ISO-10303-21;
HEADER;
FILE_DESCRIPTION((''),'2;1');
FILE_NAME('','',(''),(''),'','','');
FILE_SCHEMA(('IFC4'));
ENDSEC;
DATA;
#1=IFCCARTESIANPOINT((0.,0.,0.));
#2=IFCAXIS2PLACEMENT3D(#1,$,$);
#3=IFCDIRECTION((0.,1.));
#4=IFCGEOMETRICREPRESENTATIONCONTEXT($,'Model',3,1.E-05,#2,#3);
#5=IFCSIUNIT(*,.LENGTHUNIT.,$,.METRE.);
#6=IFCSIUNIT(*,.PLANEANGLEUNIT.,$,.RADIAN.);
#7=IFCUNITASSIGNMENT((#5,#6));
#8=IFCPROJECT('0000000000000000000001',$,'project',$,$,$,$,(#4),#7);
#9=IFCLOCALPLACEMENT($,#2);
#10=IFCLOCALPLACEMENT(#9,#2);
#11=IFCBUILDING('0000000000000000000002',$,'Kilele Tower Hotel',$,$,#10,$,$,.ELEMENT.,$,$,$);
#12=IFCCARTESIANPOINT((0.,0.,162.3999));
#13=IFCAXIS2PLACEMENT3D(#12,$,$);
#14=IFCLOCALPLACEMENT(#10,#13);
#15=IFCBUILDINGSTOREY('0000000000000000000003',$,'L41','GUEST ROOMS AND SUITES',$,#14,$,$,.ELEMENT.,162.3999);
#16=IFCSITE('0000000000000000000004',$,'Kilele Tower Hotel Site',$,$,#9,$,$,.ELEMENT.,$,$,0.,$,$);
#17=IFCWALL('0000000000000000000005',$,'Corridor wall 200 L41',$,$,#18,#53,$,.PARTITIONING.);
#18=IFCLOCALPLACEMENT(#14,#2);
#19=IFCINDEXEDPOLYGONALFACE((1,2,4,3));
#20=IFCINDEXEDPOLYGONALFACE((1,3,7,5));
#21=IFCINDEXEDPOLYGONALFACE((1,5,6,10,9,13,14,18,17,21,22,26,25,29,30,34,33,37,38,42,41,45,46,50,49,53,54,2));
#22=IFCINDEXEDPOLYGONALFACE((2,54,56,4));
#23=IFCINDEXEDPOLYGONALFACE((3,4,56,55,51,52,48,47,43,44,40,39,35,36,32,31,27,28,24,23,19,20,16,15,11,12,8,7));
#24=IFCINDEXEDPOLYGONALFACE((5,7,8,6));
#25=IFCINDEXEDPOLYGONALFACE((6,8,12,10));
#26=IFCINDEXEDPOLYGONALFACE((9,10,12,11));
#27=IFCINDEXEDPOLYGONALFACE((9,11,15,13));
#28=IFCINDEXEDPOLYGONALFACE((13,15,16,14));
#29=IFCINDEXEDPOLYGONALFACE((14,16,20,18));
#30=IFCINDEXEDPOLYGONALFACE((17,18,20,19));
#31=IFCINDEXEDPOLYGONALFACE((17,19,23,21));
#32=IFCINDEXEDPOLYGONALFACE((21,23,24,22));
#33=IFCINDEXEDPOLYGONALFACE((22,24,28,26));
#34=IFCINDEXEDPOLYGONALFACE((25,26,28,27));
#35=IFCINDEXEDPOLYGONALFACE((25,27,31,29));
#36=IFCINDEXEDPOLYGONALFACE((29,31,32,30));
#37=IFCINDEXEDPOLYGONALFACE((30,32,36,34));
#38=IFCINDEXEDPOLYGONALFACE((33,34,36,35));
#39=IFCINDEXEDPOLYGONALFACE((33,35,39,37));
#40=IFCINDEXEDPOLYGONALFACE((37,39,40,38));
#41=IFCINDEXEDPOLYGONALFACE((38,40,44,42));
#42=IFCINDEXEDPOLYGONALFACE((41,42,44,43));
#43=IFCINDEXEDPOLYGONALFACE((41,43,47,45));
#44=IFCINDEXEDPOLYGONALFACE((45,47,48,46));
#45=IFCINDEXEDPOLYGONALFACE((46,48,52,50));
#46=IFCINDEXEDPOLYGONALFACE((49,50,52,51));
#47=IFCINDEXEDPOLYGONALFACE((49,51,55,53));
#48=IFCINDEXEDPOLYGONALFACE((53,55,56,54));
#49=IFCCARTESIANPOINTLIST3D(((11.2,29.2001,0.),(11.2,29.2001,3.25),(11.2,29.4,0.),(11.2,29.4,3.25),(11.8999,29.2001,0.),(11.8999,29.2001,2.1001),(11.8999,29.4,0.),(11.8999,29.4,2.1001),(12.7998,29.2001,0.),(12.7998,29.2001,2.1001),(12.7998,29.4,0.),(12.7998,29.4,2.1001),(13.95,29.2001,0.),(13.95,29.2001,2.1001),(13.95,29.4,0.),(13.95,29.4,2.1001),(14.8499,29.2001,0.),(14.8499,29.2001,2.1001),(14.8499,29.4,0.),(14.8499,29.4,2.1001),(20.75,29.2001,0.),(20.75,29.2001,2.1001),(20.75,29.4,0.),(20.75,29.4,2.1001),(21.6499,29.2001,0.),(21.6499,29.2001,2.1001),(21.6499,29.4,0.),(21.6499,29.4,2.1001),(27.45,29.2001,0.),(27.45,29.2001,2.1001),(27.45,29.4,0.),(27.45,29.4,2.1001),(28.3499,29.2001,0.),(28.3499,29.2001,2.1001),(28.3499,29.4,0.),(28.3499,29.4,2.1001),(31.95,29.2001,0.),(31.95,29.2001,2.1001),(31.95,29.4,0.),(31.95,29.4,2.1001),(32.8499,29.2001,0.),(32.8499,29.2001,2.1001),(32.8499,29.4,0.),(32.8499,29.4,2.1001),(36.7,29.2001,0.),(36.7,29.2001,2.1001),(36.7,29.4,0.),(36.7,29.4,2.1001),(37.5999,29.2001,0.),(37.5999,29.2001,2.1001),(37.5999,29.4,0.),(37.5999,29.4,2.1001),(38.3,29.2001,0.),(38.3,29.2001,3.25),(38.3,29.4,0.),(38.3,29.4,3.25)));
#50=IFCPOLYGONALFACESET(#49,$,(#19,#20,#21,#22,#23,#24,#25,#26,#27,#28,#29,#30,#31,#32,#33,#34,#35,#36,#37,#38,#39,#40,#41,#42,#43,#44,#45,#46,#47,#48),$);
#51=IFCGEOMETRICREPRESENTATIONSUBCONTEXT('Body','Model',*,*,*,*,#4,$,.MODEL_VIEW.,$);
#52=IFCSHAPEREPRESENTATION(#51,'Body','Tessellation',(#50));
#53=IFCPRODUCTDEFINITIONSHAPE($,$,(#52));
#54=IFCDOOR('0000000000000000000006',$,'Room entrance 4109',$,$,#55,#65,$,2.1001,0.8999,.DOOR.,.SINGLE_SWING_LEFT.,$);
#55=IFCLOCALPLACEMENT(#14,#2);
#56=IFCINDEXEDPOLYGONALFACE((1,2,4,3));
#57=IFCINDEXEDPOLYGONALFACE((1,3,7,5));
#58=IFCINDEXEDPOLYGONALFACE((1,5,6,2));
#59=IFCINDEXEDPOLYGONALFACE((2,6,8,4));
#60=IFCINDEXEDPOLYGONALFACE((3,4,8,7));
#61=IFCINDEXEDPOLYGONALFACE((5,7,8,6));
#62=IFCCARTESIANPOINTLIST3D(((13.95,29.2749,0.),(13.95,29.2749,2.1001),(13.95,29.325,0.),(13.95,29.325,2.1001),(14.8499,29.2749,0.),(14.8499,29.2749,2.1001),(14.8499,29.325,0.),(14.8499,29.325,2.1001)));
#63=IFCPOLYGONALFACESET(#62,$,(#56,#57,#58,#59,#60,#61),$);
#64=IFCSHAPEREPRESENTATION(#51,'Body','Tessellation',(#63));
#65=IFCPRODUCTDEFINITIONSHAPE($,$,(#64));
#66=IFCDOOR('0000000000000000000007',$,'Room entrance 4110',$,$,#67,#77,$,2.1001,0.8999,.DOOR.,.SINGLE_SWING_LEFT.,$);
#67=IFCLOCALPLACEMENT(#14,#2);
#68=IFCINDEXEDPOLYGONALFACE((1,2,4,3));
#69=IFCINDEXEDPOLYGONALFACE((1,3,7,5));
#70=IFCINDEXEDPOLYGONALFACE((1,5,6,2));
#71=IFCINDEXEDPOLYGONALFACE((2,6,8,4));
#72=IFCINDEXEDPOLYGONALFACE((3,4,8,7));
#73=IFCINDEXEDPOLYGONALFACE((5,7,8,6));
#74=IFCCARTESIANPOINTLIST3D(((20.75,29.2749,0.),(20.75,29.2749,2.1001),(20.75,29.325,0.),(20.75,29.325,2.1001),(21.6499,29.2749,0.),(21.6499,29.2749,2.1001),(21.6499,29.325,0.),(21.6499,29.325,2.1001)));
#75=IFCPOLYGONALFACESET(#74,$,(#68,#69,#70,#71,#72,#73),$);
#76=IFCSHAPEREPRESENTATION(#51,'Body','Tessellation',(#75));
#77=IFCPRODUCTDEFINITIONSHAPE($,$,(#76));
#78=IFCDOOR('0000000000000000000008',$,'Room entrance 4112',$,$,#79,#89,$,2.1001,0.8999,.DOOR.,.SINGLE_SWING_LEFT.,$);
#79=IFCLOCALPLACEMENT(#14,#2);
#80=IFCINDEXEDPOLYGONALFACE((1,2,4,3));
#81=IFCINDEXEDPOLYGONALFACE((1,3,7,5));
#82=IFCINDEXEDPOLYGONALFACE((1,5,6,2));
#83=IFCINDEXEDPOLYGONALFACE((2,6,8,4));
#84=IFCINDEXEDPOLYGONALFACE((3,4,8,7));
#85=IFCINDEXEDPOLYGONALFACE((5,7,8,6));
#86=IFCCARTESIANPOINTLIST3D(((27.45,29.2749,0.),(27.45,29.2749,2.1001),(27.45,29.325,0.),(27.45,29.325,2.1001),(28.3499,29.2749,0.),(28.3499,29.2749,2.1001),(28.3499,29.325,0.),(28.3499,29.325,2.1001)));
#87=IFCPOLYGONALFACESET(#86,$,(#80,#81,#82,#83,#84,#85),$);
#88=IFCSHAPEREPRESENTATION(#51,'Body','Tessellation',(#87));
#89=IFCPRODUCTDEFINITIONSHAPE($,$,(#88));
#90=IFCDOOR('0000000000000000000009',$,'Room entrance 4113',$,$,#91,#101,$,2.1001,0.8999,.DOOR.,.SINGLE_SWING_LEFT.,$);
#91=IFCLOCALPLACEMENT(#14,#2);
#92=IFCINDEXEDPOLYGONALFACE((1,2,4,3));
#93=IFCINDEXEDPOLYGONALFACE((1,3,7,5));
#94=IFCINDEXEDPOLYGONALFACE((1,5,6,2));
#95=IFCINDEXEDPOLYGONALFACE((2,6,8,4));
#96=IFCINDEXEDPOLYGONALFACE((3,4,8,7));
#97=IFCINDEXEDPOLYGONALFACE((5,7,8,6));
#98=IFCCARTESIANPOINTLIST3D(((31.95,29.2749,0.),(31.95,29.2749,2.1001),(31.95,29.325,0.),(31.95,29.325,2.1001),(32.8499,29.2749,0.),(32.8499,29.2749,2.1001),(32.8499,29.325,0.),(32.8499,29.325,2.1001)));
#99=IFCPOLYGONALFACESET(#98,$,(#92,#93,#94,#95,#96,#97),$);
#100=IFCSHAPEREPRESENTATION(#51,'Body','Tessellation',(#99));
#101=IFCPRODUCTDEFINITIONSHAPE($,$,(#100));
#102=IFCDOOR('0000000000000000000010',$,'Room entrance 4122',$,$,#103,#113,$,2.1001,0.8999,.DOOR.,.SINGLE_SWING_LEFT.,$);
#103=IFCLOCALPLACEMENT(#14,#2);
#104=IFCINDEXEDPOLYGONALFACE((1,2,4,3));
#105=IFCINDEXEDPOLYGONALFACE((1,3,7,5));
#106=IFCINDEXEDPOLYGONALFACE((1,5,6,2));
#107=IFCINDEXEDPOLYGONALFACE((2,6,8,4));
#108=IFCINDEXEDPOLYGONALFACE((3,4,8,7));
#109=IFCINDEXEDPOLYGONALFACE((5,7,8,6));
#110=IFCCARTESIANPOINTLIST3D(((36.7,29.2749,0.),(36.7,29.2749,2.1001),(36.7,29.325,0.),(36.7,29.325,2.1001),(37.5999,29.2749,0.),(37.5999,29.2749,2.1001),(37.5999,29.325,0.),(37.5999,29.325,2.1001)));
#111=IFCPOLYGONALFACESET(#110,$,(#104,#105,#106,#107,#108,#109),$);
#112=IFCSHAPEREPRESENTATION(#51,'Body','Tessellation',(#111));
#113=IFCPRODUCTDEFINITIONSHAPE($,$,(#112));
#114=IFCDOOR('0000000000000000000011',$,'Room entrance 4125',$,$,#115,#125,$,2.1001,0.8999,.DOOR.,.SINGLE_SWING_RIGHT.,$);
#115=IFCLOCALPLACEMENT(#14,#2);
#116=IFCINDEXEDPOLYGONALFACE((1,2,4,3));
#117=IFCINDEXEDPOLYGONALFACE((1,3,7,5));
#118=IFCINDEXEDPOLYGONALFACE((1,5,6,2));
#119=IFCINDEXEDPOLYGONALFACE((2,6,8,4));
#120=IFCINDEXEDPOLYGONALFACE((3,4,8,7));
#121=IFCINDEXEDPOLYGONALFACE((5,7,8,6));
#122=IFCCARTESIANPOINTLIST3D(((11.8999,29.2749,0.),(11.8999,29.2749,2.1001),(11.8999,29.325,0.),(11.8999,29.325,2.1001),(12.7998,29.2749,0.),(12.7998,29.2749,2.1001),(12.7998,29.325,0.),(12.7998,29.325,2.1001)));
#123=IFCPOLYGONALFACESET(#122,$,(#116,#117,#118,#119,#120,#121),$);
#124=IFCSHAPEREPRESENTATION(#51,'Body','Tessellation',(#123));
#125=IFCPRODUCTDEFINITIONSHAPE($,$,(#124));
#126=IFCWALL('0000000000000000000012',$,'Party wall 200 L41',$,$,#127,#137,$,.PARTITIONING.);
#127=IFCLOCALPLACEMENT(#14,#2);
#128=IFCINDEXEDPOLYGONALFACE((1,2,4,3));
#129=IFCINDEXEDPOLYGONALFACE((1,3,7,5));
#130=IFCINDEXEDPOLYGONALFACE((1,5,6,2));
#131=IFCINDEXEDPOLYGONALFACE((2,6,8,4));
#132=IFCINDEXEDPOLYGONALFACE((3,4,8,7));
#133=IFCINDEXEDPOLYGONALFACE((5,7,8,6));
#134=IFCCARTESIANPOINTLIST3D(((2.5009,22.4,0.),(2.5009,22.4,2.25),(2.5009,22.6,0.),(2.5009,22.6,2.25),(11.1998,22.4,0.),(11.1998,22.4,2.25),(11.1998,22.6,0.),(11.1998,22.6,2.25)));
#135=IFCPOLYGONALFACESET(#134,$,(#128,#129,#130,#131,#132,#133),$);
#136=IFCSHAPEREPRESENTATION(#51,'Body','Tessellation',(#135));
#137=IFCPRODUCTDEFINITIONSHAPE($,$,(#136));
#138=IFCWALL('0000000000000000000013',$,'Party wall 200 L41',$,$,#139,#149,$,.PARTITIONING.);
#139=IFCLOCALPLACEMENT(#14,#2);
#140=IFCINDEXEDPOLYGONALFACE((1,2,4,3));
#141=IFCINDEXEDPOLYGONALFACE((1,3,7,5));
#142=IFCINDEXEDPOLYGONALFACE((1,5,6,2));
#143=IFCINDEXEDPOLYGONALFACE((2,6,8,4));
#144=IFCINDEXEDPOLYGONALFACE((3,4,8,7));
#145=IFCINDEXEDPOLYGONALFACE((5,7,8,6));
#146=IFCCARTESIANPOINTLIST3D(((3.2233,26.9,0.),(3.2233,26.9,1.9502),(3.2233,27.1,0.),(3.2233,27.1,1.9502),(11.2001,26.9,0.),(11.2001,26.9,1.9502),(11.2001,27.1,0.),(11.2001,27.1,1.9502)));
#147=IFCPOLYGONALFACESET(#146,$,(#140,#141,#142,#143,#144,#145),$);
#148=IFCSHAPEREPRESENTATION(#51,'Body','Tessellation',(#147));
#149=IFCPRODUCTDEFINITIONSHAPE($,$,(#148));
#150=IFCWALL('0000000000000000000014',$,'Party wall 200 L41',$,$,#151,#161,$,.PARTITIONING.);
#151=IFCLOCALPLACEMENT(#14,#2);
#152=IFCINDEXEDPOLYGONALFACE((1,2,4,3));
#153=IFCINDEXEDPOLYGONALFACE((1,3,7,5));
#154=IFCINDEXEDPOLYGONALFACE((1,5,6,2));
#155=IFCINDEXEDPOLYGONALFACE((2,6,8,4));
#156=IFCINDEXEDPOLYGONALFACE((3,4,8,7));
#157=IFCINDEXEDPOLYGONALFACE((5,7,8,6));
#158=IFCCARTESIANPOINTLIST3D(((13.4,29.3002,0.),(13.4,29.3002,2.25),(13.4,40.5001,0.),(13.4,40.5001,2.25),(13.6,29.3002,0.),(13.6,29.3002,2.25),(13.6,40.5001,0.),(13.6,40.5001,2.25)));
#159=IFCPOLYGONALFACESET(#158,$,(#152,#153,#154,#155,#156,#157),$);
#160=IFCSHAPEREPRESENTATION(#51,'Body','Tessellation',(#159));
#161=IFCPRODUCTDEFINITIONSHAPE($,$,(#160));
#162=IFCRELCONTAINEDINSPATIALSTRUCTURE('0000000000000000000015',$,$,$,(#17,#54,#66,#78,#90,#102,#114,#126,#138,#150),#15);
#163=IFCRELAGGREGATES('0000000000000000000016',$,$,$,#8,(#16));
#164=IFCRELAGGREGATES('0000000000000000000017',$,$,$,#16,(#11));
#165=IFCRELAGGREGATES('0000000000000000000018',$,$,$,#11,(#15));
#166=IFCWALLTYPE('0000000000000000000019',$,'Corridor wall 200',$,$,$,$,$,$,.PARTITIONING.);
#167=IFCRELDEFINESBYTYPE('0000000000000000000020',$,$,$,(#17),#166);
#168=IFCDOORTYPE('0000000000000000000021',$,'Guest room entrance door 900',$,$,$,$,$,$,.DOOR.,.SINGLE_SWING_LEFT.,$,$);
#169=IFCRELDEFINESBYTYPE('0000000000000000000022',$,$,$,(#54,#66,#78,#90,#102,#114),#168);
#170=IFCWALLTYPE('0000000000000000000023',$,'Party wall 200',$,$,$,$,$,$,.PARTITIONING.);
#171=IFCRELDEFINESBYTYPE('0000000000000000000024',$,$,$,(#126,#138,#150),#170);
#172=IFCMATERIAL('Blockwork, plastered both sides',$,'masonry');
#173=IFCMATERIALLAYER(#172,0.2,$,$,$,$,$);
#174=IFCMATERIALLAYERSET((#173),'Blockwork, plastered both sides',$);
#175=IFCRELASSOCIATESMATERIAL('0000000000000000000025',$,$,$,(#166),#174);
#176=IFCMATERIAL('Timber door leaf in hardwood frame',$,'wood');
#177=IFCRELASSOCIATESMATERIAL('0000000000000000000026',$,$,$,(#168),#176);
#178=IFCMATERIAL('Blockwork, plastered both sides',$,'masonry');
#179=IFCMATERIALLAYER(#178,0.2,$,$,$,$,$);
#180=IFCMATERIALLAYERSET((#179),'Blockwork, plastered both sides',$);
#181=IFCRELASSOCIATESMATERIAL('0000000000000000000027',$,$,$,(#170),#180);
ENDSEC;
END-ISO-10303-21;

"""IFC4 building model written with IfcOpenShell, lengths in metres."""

from ifc_helpers import new_model, si_unit, direction, frame, frame_2d, origin, place, context, subcontext, project, spatial, rectangle, extrude, material, layer, layer_set, type_object, element, fill, save


model = new_model("IFC4")

# Units and contexts
model_context = context("Model", 3, precision=1e-05, world=origin(), true_north=direction((0.0, 1.0)))
body_context = subcontext(model_context, "Body", "Model", "MODEL_VIEW")
ifc_project = project(units=[si_unit("LENGTHUNIT", "METRE"), si_unit("PLANEANGLEUNIT", "RADIAN")], contexts=[model_context])

# Site, building, storey
site_placement = place(None, origin())
site = spatial("IfcSite", under=ifc_project, at=site_placement, Name="Kilele Tower Hotel Site", CompositionType="ELEMENT", RefElevation=0.0)
building_placement = place(site_placement, origin())
building = spatial("IfcBuilding", under=site, at=building_placement, Name="Kilele Tower Hotel", CompositionType="ELEMENT")
storey_placement = place(building_placement, frame((0.0, 0.0, 162.3999)))
storey = spatial("IfcBuildingStorey", under=building, at=storey_placement, Name="L41", Description="GUEST ROOMS AND SUITES", CompositionType="ELEMENT", Elevation=162.3999)

# Wall, openings, doors
ifc_material_1 = material(Name="Blockwork, plastered both sides", Category="masonry")
ifc_layer_1 = layer(ifc_material_1, 0.2)
ifc_layer_set_1 = layer_set([ifc_layer_1], Name="Blockwork, plastered both sides")
wall_type_1 = type_object("IfcWallType", Name="Corridor wall 200", PredefinedType="PARTITIONING", material=ifc_layer_set_1)
wall_1_placement = place(storey_placement, frame((11.2, 29.3, 0.0), z_axis=(0.0, 0.0, 1.0), x_axis=(1.0, 0.0, 0.0)))
wall_1 = element("IfcWall", 1, at=wall_1_placement, inside=storey, type_object=wall_type_1, Name="Corridor wall 200 L41", PredefinedType="PARTITIONING", context=body_context, shape_type="SweptSolid", body=[
    extrude(rectangle(XDim=27.1001, YDim=0.2, at=frame_2d((13.55, 0.0))), origin(), (0.0, 0.0, 1.0), 3.25),
])
opening_1_placement = place(wall_1_placement, frame((2.75, 0.0, 0.0)))
opening_1 = element("IfcOpeningElement", 2, at=opening_1_placement, cuts=wall_1, PredefinedType="OPENING", context=body_context, shape_type="SweptSolid", body=[
    extrude(rectangle(XDim=0.8999, YDim=2.1001, at=frame_2d((0.45, 1.05))), frame((0.0, 0.1099, 0.0), z_axis=(0.0, -1.0, 0.0), x_axis=(1.0, 0.0, 0.0)), (0.0, 0.0, 1.0), 0.22),
])
opening_2_placement = place(wall_1_placement, frame((9.55, 0.0, 0.0)))
opening_2 = element("IfcOpeningElement", 3, at=opening_2_placement, cuts=wall_1, PredefinedType="OPENING", context=body_context, shape_type="SweptSolid", body=[
    extrude(rectangle(XDim=0.8999, YDim=2.1001, at=frame_2d((0.45, 1.05))), frame((0.0, 0.1099, 0.0), z_axis=(0.0, -1.0, 0.0), x_axis=(1.0, 0.0, 0.0)), (0.0, 0.0, 1.0), 0.22),
])
opening_3_placement = place(wall_1_placement, frame((16.25, 0.0, 0.0)))
opening_3 = element("IfcOpeningElement", 4, at=opening_3_placement, cuts=wall_1, PredefinedType="OPENING", context=body_context, shape_type="SweptSolid", body=[
    extrude(rectangle(XDim=0.8999, YDim=2.1001, at=frame_2d((0.45, 1.05))), frame((0.0, 0.1099, 0.0), z_axis=(0.0, -1.0, 0.0), x_axis=(1.0, 0.0, 0.0)), (0.0, 0.0, 1.0), 0.22),
])
opening_4_placement = place(wall_1_placement, frame((20.75, 0.0, 0.0)))
opening_4 = element("IfcOpeningElement", 5, at=opening_4_placement, cuts=wall_1, PredefinedType="OPENING", context=body_context, shape_type="SweptSolid", body=[
    extrude(rectangle(XDim=0.8999, YDim=2.1001, at=frame_2d((0.45, 1.05))), frame((0.0, 0.1099, 0.0), z_axis=(0.0, -1.0, 0.0), x_axis=(1.0, 0.0, 0.0)), (0.0, 0.0, 1.0), 0.22),
])
opening_5_placement = place(wall_1_placement, frame((25.5, 0.0, 0.0)))
opening_5 = element("IfcOpeningElement", 6, at=opening_5_placement, cuts=wall_1, PredefinedType="OPENING", context=body_context, shape_type="SweptSolid", body=[
    extrude(rectangle(XDim=0.8999, YDim=2.1001, at=frame_2d((0.45, 1.05))), frame((0.0, 0.1099, 0.0), z_axis=(0.0, -1.0, 0.0), x_axis=(1.0, 0.0, 0.0)), (0.0, 0.0, 1.0), 0.22),
])
opening_6_placement = place(wall_1_placement, frame((0.7, 0.0, 0.0)))
opening_6 = element("IfcOpeningElement", 7, at=opening_6_placement, cuts=wall_1, PredefinedType="OPENING", context=body_context, shape_type="SweptSolid", body=[
    extrude(rectangle(XDim=0.8999, YDim=2.1001, at=frame_2d((0.45, 1.05))), frame((0.0, 0.1099, 0.0), z_axis=(0.0, -1.0, 0.0), x_axis=(1.0, 0.0, 0.0)), (0.0, 0.0, 1.0), 0.22),
])
ifc_material_2 = material(Name="Timber door leaf in hardwood frame", Category="wood")
door_type_1 = type_object("IfcDoorType", Name="Guest room entrance door 900", OperationType="SINGLE_SWING_LEFT", PredefinedType="DOOR", material=ifc_material_2)
door_1_placement = place(opening_1_placement, origin())
door_1 = element("IfcDoor", 8, at=door_1_placement, inside=storey, type_object=door_type_1, Name="Room entrance 4109", OperationType="SINGLE_SWING_LEFT", OverallHeight=2.1001, OverallWidth=0.8999, PredefinedType="DOOR", context=body_context, shape_type="SweptSolid", body=[
    extrude(rectangle(XDim=0.8999, YDim=2.1001, at=frame_2d((0.45, 1.05))), frame((0.0, 0.0249, 0.0), z_axis=(0.0, -1.0, 0.0), x_axis=(1.0, 0.0, 0.0)), (0.0, 0.0, 1.0), 0.05),
])
fill(opening_1, door_1)
door_2_placement = place(opening_2_placement, origin())
door_2 = element("IfcDoor", 9, at=door_2_placement, inside=storey, type_object=door_type_1, Name="Room entrance 4110", OperationType="SINGLE_SWING_LEFT", OverallHeight=2.1001, OverallWidth=0.8999, PredefinedType="DOOR", context=body_context, shape_type="SweptSolid", body=[
    extrude(rectangle(XDim=0.8999, YDim=2.1001, at=frame_2d((0.45, 1.05))), frame((0.0, 0.0249, 0.0), z_axis=(0.0, -1.0, 0.0), x_axis=(1.0, 0.0, 0.0)), (0.0, 0.0, 1.0), 0.05),
])
fill(opening_2, door_2)
door_3_placement = place(opening_3_placement, origin())
door_3 = element("IfcDoor", 10, at=door_3_placement, inside=storey, type_object=door_type_1, Name="Room entrance 4112", OperationType="SINGLE_SWING_LEFT", OverallHeight=2.1001, OverallWidth=0.8999, PredefinedType="DOOR", context=body_context, shape_type="SweptSolid", body=[
    extrude(rectangle(XDim=0.8999, YDim=2.1001, at=frame_2d((0.45, 1.05))), frame((0.0, 0.0249, 0.0), z_axis=(0.0, -1.0, 0.0), x_axis=(1.0, 0.0, 0.0)), (0.0, 0.0, 1.0), 0.05),
])
fill(opening_3, door_3)
door_4_placement = place(opening_4_placement, origin())
door_4 = element("IfcDoor", 11, at=door_4_placement, inside=storey, type_object=door_type_1, Name="Room entrance 4113", OperationType="SINGLE_SWING_LEFT", OverallHeight=2.1001, OverallWidth=0.8999, PredefinedType="DOOR", context=body_context, shape_type="SweptSolid", body=[
    extrude(rectangle(XDim=0.8999, YDim=2.1001, at=frame_2d((0.45, 1.05))), frame((0.0, 0.0249, 0.0), z_axis=(0.0, -1.0, 0.0), x_axis=(1.0, 0.0, 0.0)), (0.0, 0.0, 1.0), 0.05),
])
fill(opening_4, door_4)
door_5_placement = place(opening_5_placement, origin())
door_5 = element("IfcDoor", 12, at=door_5_placement, inside=storey, type_object=door_type_1, Name="Room entrance 4122", OperationType="SINGLE_SWING_LEFT", OverallHeight=2.1001, OverallWidth=0.8999, PredefinedType="DOOR", context=body_context, shape_type="SweptSolid", body=[
    extrude(rectangle(XDim=0.8999, YDim=2.1001, at=frame_2d((0.45, 1.05))), frame((0.0, 0.0249, 0.0), z_axis=(0.0, -1.0, 0.0), x_axis=(1.0, 0.0, 0.0)), (0.0, 0.0, 1.0), 0.05),
])
fill(opening_5, door_5)
door_6_placement = place(opening_6_placement, origin())
door_6 = element("IfcDoor", 13, at=door_6_placement, inside=storey, type_object=door_type_1, Name="Room entrance 4125", OperationType="SINGLE_SWING_RIGHT", OverallHeight=2.1001, OverallWidth=0.8999, PredefinedType="DOOR", context=body_context, shape_type="SweptSolid", body=[
    extrude(rectangle(XDim=0.8999, YDim=2.1001, at=frame_2d((0.45, 1.05))), frame((0.0, 0.0249, 0.0), z_axis=(0.0, -1.0, 0.0), x_axis=(1.0, 0.0, 0.0)), (0.0, 0.0, 1.0), 0.05),
])
fill(opening_6, door_6)

# Walls
ifc_material_3 = material(Name="Blockwork, plastered both sides", Category="masonry")
ifc_layer_2 = layer(ifc_material_3, 0.2)
ifc_layer_set_2 = layer_set([ifc_layer_2], Name="Blockwork, plastered both sides")
wall_type_2 = type_object("IfcWallType", Name="Party wall 200", PredefinedType="PARTITIONING", material=ifc_layer_set_2)
wall_2_placement = place(storey_placement, frame((11.2, 22.5, 0.0), z_axis=(0.0, 0.0, 1.0), x_axis=(-1.0, 0.0, 0.0)))
element("IfcWall", 14, at=wall_2_placement, inside=storey, type_object=wall_type_2, Name="Party wall 200 L41", PredefinedType="PARTITIONING", context=body_context, shape_type="SweptSolid", body=[
    extrude(rectangle(XDim=8.699, YDim=0.2, at=frame_2d((4.3496, 0.0))), origin(), (0.0, 0.0, 1.0), 2.25),
])
wall_3_placement = place(storey_placement, frame((11.2, 27.0, 0.0), z_axis=(0.0, 0.0, 1.0), x_axis=(-1.0, 0.0, 0.0)))
element("IfcWall", 15, at=wall_3_placement, inside=storey, type_object=wall_type_2, Name="Party wall 200 L41", PredefinedType="PARTITIONING", context=body_context, shape_type="SweptSolid", body=[
    extrude(rectangle(XDim=7.9768, YDim=0.2, at=frame_2d((3.9883, 0.0))), origin(), (0.0, 0.0, 1.0), 1.9502),
])
wall_4_placement = place(storey_placement, frame((13.5, 29.3, 0.0), z_axis=(0.0, 0.0, 1.0), x_axis=(0.0, 1.0, 0.0)))
element("IfcWall", 16, at=wall_4_placement, inside=storey, type_object=wall_type_2, Name="Party wall 200 L41", PredefinedType="PARTITIONING", context=body_context, shape_type="SweptSolid", body=[
    extrude(rectangle(XDim=11.2, YDim=0.2, at=frame_2d((5.6001, 0.0))), origin(), (0.0, 0.0, 1.0), 2.25),
])

save(model, "model.ifc")
